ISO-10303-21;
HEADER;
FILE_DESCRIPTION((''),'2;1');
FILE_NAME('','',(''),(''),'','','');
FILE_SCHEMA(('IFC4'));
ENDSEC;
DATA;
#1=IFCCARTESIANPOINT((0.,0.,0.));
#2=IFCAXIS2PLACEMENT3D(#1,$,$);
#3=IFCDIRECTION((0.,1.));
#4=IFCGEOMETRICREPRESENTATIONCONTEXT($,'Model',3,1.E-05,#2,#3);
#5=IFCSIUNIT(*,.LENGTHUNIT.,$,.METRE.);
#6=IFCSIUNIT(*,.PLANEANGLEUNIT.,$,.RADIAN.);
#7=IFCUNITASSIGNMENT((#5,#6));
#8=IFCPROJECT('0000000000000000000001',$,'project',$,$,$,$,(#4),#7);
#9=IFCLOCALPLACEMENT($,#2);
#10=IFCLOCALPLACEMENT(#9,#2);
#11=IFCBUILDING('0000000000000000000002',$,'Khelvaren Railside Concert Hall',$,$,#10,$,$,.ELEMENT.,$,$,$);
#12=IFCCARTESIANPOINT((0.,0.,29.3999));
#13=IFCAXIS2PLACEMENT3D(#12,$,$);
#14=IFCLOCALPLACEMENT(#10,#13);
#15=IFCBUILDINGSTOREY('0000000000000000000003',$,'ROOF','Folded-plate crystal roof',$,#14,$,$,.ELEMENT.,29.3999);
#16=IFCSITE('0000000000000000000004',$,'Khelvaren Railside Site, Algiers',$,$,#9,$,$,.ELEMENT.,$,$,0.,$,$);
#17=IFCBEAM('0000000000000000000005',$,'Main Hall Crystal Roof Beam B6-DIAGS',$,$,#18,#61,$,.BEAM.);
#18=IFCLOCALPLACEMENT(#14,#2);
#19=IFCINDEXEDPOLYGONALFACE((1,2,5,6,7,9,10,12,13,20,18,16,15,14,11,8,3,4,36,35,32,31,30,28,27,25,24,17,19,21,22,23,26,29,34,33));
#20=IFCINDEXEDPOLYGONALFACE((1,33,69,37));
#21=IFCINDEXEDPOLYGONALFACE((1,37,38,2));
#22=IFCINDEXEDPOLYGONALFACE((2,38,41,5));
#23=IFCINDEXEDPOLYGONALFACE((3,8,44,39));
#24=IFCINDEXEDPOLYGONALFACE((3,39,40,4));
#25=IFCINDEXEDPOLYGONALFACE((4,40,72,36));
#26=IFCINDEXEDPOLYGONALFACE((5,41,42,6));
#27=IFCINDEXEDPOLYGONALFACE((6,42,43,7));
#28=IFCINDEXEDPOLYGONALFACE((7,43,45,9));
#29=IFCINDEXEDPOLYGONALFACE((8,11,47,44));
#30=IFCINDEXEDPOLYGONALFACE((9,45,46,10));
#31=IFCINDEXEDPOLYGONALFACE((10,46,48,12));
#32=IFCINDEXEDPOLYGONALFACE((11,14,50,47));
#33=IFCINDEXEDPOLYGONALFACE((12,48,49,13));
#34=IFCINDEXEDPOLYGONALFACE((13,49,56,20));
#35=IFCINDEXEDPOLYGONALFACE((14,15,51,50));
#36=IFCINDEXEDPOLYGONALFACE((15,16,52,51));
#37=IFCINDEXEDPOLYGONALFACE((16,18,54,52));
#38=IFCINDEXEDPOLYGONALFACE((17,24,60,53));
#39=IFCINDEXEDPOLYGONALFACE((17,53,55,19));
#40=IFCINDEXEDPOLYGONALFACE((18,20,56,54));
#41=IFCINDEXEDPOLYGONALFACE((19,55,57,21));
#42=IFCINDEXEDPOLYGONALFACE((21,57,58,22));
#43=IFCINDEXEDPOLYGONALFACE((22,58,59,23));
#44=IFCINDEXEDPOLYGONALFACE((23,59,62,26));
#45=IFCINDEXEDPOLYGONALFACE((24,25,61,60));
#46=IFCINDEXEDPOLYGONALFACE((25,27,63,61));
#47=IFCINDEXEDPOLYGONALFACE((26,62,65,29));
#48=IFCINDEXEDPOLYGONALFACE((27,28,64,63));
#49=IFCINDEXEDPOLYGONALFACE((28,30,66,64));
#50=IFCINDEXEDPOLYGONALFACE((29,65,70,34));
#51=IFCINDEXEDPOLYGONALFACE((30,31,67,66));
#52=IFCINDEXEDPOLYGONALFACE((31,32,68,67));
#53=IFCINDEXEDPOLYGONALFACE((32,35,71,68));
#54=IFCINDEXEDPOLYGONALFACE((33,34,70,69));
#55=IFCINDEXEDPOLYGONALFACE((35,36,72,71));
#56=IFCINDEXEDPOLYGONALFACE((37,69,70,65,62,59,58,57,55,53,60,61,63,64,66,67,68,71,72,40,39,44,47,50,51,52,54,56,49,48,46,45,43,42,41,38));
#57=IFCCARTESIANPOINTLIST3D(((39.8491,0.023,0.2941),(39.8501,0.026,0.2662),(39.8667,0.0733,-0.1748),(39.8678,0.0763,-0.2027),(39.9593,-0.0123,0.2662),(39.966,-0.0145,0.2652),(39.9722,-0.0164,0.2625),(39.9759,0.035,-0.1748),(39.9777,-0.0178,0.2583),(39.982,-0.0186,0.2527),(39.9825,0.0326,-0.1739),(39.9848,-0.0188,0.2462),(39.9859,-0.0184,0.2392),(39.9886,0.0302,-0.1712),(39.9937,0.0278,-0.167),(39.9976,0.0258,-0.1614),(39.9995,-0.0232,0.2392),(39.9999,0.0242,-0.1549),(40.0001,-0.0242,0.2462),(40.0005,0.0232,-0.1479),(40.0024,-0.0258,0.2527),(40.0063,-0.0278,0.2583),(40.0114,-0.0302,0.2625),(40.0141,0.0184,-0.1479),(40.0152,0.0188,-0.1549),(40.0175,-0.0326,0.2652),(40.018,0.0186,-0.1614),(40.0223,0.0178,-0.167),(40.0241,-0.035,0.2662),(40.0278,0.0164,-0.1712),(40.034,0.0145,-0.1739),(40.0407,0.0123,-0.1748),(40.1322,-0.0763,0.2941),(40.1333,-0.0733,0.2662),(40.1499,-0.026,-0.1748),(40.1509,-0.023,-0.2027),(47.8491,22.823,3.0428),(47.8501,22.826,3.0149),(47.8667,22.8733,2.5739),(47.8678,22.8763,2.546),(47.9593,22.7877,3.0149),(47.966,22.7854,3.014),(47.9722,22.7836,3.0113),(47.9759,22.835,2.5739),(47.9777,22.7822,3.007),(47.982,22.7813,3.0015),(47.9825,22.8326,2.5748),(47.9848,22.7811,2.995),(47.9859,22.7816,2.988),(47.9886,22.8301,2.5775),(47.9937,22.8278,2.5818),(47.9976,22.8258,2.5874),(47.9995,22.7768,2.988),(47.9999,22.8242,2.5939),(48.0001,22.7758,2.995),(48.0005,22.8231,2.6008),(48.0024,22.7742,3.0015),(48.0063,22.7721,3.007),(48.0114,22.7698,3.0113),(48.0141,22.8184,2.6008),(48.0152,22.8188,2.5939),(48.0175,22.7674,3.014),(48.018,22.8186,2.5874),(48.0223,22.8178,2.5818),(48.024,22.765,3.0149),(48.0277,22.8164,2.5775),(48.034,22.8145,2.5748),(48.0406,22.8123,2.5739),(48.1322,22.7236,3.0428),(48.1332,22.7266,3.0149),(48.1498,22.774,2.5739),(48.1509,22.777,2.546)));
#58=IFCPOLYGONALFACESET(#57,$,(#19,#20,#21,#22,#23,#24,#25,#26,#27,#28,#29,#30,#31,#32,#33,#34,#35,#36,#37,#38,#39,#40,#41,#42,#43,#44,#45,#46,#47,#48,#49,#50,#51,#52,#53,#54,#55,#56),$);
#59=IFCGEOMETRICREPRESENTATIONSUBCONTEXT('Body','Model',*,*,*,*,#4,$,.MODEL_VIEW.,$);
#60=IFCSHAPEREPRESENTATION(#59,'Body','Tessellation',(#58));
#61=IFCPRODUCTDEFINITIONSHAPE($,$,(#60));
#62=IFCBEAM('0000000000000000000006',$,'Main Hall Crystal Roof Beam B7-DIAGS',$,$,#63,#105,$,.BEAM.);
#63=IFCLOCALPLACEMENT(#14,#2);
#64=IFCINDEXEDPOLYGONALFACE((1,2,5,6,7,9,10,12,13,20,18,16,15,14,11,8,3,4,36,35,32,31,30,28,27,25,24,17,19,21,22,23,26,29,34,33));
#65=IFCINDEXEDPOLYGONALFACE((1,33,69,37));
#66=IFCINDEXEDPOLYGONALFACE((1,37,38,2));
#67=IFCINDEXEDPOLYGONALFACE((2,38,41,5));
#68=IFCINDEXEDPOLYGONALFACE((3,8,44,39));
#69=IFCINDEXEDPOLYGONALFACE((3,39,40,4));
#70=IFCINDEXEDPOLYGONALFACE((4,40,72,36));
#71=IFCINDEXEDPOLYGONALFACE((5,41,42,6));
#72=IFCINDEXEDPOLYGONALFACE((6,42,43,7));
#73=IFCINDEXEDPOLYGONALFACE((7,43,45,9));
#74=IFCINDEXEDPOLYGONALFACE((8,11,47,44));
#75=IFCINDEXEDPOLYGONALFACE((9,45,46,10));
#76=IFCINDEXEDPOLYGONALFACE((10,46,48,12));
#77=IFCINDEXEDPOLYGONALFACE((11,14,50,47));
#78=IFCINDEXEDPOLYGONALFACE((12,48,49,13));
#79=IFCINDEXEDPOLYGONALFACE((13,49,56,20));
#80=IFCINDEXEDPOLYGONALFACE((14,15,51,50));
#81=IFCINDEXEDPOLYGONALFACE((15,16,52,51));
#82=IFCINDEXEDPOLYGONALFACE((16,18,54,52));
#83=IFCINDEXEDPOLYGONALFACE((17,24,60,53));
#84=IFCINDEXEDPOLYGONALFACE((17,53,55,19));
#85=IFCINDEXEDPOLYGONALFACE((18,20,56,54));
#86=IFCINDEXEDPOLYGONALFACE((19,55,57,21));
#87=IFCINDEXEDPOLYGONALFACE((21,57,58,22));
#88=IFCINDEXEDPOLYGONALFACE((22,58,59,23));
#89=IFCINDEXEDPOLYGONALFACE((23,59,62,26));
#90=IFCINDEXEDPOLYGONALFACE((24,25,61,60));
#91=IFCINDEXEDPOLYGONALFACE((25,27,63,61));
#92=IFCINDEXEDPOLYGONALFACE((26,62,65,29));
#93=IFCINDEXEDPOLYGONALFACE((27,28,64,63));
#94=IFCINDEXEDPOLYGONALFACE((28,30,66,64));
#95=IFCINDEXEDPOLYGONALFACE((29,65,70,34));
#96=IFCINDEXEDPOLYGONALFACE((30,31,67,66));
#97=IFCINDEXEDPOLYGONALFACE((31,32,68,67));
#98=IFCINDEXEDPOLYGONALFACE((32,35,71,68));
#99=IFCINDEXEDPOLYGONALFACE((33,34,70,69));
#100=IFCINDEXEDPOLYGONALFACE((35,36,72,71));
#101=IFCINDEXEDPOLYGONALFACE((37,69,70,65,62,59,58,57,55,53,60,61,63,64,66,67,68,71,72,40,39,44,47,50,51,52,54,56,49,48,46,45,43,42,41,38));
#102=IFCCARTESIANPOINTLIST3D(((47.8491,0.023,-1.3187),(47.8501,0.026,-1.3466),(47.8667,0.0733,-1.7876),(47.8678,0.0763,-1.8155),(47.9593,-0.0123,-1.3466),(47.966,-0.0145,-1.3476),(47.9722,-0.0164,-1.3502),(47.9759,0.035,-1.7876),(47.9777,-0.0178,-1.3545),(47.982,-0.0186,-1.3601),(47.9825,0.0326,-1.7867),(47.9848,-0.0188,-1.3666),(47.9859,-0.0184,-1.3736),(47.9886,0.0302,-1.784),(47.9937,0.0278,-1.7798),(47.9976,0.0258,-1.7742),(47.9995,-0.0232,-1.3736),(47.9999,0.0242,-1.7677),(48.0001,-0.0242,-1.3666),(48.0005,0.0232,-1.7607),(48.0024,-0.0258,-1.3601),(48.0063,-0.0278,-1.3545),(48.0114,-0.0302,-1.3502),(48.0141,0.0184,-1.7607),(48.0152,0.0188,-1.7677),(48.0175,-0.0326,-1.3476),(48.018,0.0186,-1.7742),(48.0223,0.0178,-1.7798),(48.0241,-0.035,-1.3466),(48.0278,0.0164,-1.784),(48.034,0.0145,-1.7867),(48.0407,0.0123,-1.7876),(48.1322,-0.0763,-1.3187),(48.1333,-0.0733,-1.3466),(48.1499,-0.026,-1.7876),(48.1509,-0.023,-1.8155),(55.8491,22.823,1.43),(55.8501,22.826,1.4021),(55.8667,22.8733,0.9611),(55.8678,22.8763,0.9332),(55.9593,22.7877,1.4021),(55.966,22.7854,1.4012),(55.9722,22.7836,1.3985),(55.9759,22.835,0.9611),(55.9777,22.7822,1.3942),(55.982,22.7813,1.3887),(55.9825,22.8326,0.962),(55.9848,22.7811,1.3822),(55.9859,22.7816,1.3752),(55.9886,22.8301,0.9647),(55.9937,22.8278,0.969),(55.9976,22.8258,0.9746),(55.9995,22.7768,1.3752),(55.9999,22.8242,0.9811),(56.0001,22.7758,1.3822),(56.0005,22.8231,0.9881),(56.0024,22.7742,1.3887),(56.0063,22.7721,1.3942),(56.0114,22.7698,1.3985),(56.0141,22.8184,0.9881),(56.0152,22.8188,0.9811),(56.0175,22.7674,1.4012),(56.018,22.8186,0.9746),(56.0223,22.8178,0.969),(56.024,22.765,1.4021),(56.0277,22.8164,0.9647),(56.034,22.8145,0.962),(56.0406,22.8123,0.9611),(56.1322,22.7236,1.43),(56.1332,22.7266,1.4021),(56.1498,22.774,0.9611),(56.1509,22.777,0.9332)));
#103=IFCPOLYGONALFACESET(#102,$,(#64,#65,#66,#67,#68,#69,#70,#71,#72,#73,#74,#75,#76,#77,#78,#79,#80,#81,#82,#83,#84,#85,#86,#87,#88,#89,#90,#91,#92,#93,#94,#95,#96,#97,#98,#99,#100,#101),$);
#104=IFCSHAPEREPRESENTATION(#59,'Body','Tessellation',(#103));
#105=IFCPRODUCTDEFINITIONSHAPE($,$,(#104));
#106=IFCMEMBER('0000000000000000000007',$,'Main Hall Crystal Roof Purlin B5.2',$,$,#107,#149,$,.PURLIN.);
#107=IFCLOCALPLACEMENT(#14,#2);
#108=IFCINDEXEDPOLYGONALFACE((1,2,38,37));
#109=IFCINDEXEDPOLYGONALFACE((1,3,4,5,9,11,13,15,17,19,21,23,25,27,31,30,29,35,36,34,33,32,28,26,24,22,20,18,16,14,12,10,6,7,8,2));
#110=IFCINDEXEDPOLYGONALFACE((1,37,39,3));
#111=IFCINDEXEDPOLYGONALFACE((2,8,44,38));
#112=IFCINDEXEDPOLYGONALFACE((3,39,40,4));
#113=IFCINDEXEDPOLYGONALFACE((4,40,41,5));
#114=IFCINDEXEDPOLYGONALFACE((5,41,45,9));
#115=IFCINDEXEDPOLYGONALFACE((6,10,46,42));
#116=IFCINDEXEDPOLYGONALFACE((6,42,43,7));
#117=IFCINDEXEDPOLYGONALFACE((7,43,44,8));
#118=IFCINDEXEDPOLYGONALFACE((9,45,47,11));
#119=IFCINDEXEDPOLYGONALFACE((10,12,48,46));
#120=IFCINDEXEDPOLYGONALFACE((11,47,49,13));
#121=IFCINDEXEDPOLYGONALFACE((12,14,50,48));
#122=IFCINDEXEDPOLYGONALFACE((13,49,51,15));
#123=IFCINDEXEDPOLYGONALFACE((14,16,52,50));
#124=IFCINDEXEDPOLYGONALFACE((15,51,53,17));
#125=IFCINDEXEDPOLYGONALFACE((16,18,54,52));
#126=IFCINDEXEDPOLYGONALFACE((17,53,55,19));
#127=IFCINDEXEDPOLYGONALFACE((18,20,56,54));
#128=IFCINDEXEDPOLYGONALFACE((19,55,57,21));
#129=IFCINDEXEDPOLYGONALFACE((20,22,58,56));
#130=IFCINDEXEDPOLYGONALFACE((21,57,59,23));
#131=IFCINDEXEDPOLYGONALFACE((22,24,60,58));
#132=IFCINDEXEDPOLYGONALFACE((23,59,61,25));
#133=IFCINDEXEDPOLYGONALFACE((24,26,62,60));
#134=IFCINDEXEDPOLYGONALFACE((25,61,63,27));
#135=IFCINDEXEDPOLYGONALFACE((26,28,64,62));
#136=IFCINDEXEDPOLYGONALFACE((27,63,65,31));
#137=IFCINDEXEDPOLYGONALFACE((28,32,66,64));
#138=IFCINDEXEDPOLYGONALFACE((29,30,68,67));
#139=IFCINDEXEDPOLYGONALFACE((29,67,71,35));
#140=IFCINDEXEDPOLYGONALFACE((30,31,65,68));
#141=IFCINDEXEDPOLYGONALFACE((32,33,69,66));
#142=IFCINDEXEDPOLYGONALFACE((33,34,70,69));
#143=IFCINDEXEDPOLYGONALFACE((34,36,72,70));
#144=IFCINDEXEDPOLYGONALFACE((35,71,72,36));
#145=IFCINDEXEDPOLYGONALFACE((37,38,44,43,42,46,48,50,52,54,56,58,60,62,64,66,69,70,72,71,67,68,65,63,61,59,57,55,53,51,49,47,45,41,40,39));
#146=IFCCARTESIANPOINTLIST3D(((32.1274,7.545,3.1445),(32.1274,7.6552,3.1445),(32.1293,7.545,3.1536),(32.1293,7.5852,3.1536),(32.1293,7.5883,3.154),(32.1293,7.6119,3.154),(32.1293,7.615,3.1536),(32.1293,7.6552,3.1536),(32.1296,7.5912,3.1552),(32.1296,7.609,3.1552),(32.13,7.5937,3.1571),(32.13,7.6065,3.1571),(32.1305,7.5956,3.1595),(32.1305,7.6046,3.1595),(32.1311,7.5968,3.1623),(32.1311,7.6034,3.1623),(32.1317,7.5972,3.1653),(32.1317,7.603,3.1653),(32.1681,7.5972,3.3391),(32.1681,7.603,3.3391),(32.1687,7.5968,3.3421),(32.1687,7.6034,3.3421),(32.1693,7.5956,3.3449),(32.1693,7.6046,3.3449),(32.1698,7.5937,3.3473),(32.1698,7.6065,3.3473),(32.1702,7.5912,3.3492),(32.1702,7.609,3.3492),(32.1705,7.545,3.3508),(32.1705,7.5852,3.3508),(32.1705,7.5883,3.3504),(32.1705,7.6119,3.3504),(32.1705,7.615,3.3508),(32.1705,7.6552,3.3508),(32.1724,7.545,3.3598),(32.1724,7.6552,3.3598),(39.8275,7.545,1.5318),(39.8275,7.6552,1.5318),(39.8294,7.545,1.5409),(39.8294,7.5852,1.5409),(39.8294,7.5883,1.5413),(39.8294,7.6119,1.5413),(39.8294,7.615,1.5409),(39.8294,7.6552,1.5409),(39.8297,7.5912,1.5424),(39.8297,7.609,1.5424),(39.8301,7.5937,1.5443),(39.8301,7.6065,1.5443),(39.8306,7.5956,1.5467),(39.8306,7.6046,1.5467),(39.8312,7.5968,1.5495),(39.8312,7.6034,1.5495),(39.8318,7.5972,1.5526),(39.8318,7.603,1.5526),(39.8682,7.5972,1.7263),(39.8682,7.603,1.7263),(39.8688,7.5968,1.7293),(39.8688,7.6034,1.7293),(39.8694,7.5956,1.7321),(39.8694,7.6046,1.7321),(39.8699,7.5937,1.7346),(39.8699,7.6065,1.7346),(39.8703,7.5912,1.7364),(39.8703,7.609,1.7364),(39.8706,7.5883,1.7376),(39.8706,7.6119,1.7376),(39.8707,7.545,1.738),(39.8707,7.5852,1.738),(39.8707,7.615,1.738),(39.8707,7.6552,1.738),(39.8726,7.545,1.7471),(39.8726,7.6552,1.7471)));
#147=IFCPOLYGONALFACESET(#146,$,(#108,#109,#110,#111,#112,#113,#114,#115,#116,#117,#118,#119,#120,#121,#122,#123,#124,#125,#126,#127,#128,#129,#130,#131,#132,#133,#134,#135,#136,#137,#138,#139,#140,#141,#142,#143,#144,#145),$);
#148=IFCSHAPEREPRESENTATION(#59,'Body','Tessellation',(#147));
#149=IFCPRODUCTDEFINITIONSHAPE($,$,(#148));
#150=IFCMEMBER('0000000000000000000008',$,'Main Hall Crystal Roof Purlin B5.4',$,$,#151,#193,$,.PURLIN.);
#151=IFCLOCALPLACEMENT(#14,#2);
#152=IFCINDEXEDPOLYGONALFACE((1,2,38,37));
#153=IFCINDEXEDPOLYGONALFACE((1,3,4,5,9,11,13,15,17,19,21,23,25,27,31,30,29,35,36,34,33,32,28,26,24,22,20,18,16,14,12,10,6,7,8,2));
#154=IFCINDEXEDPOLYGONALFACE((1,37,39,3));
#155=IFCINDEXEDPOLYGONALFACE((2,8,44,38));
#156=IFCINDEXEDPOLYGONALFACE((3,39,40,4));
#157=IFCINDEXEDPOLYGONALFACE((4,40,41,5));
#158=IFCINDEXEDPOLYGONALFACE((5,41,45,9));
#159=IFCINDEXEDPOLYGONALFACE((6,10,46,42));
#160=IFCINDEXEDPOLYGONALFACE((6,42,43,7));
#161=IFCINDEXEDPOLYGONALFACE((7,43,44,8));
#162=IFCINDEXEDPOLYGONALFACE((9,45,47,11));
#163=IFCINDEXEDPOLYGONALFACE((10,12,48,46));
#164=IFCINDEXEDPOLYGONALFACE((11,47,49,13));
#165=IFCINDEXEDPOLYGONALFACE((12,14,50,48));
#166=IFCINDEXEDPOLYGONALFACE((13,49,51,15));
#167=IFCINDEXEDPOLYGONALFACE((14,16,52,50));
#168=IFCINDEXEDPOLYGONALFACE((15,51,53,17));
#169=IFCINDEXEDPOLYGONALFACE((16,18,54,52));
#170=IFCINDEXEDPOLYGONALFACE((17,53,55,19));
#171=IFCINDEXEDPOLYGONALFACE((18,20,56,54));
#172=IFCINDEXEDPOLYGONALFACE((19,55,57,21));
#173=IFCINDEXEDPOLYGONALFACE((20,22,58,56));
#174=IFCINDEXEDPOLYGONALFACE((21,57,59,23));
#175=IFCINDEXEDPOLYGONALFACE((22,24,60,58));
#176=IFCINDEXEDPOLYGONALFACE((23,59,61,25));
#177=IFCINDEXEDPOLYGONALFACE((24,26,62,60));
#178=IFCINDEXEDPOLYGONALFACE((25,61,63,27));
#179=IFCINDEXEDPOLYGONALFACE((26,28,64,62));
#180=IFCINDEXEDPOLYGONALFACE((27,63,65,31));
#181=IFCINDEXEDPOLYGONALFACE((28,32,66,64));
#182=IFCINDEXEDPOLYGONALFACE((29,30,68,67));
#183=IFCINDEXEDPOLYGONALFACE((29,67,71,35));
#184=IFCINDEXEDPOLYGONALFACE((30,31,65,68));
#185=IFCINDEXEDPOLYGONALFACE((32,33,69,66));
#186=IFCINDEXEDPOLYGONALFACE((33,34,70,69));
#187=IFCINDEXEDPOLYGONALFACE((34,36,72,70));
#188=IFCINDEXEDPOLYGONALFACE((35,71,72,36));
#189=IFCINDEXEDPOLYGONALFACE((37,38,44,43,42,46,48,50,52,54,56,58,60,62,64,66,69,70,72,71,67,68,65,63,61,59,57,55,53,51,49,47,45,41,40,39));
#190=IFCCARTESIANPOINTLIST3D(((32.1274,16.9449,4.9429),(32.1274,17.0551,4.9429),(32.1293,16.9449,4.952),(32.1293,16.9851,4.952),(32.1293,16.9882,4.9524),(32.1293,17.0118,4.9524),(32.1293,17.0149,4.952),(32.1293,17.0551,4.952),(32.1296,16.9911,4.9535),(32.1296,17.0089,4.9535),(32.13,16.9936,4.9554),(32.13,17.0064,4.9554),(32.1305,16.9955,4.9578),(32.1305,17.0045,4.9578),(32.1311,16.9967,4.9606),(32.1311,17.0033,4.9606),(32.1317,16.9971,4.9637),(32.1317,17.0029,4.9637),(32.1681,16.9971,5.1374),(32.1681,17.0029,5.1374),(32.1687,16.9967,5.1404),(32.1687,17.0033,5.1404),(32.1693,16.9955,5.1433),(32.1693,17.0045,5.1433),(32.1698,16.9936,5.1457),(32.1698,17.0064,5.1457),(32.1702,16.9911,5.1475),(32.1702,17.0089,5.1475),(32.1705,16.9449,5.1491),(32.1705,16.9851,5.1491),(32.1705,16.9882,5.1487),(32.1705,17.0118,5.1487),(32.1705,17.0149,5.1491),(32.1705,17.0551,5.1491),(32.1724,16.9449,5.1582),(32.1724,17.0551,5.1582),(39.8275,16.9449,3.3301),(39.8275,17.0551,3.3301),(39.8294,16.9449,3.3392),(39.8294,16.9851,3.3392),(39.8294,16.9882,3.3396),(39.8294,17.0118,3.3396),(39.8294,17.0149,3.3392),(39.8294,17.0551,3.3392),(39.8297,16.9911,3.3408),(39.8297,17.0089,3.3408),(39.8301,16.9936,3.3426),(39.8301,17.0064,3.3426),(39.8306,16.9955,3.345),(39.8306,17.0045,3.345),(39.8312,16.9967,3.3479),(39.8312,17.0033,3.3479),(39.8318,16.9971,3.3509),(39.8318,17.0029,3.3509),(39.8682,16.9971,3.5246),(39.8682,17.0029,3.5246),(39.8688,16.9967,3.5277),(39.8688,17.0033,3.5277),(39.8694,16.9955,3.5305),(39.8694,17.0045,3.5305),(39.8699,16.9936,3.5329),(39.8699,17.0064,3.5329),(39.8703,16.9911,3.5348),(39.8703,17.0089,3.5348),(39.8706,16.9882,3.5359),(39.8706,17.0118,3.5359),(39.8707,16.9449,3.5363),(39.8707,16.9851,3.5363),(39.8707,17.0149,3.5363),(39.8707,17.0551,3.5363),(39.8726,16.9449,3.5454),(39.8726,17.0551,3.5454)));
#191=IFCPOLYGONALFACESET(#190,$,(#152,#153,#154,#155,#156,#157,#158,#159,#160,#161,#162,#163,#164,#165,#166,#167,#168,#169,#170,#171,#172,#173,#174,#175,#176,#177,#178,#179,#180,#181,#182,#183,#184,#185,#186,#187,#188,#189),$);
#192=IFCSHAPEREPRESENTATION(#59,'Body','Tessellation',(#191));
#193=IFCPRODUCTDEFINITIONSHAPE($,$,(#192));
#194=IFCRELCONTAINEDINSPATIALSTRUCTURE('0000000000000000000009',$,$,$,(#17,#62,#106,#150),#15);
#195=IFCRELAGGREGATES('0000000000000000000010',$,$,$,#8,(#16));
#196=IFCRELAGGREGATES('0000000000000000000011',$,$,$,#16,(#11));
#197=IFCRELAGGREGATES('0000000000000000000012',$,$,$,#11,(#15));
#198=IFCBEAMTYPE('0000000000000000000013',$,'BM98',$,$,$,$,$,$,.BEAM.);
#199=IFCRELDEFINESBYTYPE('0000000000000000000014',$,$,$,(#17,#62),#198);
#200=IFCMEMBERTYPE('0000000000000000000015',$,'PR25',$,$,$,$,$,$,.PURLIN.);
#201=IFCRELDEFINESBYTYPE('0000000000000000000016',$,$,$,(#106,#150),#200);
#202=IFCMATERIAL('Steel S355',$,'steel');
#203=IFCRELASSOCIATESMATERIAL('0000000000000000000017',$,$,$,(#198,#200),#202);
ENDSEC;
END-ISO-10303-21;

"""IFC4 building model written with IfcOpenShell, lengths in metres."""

from ifc_helpers import new_model, si_unit, direction, frame, origin, origin_2d, place, context, subcontext, project, spatial, i_section, extrude, material, material_profile, profile_set, type_object, element, save


model = new_model("IFC4")

# Units and contexts
model_context = context("Model", 3, precision=1e-05, world=origin(), true_north=direction((0.0, 1.0)))
body_context = subcontext(model_context, "Body", "Model", "MODEL_VIEW")
ifc_project = project(units=[si_unit("LENGTHUNIT", "METRE"), si_unit("PLANEANGLEUNIT", "RADIAN")], contexts=[model_context])

# Site, building, storey
site_placement = place(None, origin())
site = spatial("IfcSite", under=ifc_project, at=site_placement, Name="Khelvaren Railside Site, Algiers", CompositionType="ELEMENT", RefElevation=0.0)
building_placement = place(site_placement, origin())
building = spatial("IfcBuilding", under=site, at=building_placement, Name="Khelvaren Railside Concert Hall", CompositionType="ELEMENT")
storey_placement = place(building_placement, frame((0.0, 0.0, 29.3999)))
storey = spatial("IfcBuildingStorey", under=building, at=storey_placement, Name="ROOF", Description="Folded-plate crystal roof", CompositionType="ELEMENT", Elevation=29.3999)

# Beams
ifc_material_1 = material(Name="Steel S355", Category="steel")
ifc_material_profile_1 = material_profile(ifc_material_1, i_section(OverallWidth=0.3, OverallDepth=0.5, WebThickness=0.0144, FlangeThickness=0.0281, FilletRadius=0.0271, at=origin_2d()), Name="HEB 500")
ifc_profile_set_1 = profile_set([ifc_material_profile_1], Name="Steel S355")
beam_type = type_object("IfcBeamType", Name="BM98", PredefinedType="BEAM", material=ifc_profile_set_1)
for number, where, z_axis, x_axis, name in (
    (1, (40.0, 0.0, 0.0457), (0.328965, 0.937553, 0.113032), (-0.9436, 0.331087, 0.0), "Main Hall Crystal Roof Beam B6-DIAGS"),
    (2, (48.0, 0.0, -1.5671), (0.328965, 0.937553, 0.113032), (-0.9436, 0.331087, 0.0), "Main Hall Crystal Roof Beam B7-DIAGS"),
):
    element("IfcBeam", number, at=place(storey_placement, frame(where, z_axis=z_axis, x_axis=x_axis)), inside=storey, type_object=beam_type, Name=name, PredefinedType="BEAM", context=body_context, shape_type="SweptSolid", body=[
        extrude(i_section(OverallWidth=0.3, OverallDepth=0.5, WebThickness=0.0144, FlangeThickness=0.0281, FilletRadius=0.0271, at=origin_2d()), origin(), (0.0, 0.0, 1.0), 24.3186),
    ])

# Members
ifc_material_profile_2 = material_profile(ifc_material_1, i_section(OverallWidth=0.1101, OverallDepth=0.22, WebThickness=0.0059, FlangeThickness=0.0093, FilletRadius=0.012, at=origin_2d()), Name="IPE 220")
ifc_profile_set_2 = profile_set([ifc_material_profile_2], Name="Steel S355")
member_type_1 = type_object("IfcMemberType", Name="PR25", PredefinedType="PURLIN", material=ifc_profile_set_2)
for number, where, z_axis, x_axis, name in (
    (3, (32.1499, 7.6001, 3.2522), (0.978762, 0.0, -0.205), (0.0, 1.0, 0.0), "Main Hall Crystal Roof Purlin B5.2"),
    (4, (32.1499, 17.0, 5.0505), (0.978762, 0.0, -0.205), (0.0, 1.0, 0.0), "Main Hall Crystal Roof Purlin B5.4"),
):
    element("IfcMember", number, at=place(storey_placement, frame(where, z_axis=z_axis, x_axis=x_axis)), inside=storey, type_object=member_type_1, Name=name, PredefinedType="PURLIN", context=body_context, shape_type="SweptSolid", body=[
        extrude(i_section(OverallWidth=0.1101, OverallDepth=0.22, WebThickness=0.0059, FlangeThickness=0.0093, FilletRadius=0.012, at=origin_2d()), origin(), (0.0, 0.0, 1.0), 7.8672),
    ])

save(model, "model.ifc")
